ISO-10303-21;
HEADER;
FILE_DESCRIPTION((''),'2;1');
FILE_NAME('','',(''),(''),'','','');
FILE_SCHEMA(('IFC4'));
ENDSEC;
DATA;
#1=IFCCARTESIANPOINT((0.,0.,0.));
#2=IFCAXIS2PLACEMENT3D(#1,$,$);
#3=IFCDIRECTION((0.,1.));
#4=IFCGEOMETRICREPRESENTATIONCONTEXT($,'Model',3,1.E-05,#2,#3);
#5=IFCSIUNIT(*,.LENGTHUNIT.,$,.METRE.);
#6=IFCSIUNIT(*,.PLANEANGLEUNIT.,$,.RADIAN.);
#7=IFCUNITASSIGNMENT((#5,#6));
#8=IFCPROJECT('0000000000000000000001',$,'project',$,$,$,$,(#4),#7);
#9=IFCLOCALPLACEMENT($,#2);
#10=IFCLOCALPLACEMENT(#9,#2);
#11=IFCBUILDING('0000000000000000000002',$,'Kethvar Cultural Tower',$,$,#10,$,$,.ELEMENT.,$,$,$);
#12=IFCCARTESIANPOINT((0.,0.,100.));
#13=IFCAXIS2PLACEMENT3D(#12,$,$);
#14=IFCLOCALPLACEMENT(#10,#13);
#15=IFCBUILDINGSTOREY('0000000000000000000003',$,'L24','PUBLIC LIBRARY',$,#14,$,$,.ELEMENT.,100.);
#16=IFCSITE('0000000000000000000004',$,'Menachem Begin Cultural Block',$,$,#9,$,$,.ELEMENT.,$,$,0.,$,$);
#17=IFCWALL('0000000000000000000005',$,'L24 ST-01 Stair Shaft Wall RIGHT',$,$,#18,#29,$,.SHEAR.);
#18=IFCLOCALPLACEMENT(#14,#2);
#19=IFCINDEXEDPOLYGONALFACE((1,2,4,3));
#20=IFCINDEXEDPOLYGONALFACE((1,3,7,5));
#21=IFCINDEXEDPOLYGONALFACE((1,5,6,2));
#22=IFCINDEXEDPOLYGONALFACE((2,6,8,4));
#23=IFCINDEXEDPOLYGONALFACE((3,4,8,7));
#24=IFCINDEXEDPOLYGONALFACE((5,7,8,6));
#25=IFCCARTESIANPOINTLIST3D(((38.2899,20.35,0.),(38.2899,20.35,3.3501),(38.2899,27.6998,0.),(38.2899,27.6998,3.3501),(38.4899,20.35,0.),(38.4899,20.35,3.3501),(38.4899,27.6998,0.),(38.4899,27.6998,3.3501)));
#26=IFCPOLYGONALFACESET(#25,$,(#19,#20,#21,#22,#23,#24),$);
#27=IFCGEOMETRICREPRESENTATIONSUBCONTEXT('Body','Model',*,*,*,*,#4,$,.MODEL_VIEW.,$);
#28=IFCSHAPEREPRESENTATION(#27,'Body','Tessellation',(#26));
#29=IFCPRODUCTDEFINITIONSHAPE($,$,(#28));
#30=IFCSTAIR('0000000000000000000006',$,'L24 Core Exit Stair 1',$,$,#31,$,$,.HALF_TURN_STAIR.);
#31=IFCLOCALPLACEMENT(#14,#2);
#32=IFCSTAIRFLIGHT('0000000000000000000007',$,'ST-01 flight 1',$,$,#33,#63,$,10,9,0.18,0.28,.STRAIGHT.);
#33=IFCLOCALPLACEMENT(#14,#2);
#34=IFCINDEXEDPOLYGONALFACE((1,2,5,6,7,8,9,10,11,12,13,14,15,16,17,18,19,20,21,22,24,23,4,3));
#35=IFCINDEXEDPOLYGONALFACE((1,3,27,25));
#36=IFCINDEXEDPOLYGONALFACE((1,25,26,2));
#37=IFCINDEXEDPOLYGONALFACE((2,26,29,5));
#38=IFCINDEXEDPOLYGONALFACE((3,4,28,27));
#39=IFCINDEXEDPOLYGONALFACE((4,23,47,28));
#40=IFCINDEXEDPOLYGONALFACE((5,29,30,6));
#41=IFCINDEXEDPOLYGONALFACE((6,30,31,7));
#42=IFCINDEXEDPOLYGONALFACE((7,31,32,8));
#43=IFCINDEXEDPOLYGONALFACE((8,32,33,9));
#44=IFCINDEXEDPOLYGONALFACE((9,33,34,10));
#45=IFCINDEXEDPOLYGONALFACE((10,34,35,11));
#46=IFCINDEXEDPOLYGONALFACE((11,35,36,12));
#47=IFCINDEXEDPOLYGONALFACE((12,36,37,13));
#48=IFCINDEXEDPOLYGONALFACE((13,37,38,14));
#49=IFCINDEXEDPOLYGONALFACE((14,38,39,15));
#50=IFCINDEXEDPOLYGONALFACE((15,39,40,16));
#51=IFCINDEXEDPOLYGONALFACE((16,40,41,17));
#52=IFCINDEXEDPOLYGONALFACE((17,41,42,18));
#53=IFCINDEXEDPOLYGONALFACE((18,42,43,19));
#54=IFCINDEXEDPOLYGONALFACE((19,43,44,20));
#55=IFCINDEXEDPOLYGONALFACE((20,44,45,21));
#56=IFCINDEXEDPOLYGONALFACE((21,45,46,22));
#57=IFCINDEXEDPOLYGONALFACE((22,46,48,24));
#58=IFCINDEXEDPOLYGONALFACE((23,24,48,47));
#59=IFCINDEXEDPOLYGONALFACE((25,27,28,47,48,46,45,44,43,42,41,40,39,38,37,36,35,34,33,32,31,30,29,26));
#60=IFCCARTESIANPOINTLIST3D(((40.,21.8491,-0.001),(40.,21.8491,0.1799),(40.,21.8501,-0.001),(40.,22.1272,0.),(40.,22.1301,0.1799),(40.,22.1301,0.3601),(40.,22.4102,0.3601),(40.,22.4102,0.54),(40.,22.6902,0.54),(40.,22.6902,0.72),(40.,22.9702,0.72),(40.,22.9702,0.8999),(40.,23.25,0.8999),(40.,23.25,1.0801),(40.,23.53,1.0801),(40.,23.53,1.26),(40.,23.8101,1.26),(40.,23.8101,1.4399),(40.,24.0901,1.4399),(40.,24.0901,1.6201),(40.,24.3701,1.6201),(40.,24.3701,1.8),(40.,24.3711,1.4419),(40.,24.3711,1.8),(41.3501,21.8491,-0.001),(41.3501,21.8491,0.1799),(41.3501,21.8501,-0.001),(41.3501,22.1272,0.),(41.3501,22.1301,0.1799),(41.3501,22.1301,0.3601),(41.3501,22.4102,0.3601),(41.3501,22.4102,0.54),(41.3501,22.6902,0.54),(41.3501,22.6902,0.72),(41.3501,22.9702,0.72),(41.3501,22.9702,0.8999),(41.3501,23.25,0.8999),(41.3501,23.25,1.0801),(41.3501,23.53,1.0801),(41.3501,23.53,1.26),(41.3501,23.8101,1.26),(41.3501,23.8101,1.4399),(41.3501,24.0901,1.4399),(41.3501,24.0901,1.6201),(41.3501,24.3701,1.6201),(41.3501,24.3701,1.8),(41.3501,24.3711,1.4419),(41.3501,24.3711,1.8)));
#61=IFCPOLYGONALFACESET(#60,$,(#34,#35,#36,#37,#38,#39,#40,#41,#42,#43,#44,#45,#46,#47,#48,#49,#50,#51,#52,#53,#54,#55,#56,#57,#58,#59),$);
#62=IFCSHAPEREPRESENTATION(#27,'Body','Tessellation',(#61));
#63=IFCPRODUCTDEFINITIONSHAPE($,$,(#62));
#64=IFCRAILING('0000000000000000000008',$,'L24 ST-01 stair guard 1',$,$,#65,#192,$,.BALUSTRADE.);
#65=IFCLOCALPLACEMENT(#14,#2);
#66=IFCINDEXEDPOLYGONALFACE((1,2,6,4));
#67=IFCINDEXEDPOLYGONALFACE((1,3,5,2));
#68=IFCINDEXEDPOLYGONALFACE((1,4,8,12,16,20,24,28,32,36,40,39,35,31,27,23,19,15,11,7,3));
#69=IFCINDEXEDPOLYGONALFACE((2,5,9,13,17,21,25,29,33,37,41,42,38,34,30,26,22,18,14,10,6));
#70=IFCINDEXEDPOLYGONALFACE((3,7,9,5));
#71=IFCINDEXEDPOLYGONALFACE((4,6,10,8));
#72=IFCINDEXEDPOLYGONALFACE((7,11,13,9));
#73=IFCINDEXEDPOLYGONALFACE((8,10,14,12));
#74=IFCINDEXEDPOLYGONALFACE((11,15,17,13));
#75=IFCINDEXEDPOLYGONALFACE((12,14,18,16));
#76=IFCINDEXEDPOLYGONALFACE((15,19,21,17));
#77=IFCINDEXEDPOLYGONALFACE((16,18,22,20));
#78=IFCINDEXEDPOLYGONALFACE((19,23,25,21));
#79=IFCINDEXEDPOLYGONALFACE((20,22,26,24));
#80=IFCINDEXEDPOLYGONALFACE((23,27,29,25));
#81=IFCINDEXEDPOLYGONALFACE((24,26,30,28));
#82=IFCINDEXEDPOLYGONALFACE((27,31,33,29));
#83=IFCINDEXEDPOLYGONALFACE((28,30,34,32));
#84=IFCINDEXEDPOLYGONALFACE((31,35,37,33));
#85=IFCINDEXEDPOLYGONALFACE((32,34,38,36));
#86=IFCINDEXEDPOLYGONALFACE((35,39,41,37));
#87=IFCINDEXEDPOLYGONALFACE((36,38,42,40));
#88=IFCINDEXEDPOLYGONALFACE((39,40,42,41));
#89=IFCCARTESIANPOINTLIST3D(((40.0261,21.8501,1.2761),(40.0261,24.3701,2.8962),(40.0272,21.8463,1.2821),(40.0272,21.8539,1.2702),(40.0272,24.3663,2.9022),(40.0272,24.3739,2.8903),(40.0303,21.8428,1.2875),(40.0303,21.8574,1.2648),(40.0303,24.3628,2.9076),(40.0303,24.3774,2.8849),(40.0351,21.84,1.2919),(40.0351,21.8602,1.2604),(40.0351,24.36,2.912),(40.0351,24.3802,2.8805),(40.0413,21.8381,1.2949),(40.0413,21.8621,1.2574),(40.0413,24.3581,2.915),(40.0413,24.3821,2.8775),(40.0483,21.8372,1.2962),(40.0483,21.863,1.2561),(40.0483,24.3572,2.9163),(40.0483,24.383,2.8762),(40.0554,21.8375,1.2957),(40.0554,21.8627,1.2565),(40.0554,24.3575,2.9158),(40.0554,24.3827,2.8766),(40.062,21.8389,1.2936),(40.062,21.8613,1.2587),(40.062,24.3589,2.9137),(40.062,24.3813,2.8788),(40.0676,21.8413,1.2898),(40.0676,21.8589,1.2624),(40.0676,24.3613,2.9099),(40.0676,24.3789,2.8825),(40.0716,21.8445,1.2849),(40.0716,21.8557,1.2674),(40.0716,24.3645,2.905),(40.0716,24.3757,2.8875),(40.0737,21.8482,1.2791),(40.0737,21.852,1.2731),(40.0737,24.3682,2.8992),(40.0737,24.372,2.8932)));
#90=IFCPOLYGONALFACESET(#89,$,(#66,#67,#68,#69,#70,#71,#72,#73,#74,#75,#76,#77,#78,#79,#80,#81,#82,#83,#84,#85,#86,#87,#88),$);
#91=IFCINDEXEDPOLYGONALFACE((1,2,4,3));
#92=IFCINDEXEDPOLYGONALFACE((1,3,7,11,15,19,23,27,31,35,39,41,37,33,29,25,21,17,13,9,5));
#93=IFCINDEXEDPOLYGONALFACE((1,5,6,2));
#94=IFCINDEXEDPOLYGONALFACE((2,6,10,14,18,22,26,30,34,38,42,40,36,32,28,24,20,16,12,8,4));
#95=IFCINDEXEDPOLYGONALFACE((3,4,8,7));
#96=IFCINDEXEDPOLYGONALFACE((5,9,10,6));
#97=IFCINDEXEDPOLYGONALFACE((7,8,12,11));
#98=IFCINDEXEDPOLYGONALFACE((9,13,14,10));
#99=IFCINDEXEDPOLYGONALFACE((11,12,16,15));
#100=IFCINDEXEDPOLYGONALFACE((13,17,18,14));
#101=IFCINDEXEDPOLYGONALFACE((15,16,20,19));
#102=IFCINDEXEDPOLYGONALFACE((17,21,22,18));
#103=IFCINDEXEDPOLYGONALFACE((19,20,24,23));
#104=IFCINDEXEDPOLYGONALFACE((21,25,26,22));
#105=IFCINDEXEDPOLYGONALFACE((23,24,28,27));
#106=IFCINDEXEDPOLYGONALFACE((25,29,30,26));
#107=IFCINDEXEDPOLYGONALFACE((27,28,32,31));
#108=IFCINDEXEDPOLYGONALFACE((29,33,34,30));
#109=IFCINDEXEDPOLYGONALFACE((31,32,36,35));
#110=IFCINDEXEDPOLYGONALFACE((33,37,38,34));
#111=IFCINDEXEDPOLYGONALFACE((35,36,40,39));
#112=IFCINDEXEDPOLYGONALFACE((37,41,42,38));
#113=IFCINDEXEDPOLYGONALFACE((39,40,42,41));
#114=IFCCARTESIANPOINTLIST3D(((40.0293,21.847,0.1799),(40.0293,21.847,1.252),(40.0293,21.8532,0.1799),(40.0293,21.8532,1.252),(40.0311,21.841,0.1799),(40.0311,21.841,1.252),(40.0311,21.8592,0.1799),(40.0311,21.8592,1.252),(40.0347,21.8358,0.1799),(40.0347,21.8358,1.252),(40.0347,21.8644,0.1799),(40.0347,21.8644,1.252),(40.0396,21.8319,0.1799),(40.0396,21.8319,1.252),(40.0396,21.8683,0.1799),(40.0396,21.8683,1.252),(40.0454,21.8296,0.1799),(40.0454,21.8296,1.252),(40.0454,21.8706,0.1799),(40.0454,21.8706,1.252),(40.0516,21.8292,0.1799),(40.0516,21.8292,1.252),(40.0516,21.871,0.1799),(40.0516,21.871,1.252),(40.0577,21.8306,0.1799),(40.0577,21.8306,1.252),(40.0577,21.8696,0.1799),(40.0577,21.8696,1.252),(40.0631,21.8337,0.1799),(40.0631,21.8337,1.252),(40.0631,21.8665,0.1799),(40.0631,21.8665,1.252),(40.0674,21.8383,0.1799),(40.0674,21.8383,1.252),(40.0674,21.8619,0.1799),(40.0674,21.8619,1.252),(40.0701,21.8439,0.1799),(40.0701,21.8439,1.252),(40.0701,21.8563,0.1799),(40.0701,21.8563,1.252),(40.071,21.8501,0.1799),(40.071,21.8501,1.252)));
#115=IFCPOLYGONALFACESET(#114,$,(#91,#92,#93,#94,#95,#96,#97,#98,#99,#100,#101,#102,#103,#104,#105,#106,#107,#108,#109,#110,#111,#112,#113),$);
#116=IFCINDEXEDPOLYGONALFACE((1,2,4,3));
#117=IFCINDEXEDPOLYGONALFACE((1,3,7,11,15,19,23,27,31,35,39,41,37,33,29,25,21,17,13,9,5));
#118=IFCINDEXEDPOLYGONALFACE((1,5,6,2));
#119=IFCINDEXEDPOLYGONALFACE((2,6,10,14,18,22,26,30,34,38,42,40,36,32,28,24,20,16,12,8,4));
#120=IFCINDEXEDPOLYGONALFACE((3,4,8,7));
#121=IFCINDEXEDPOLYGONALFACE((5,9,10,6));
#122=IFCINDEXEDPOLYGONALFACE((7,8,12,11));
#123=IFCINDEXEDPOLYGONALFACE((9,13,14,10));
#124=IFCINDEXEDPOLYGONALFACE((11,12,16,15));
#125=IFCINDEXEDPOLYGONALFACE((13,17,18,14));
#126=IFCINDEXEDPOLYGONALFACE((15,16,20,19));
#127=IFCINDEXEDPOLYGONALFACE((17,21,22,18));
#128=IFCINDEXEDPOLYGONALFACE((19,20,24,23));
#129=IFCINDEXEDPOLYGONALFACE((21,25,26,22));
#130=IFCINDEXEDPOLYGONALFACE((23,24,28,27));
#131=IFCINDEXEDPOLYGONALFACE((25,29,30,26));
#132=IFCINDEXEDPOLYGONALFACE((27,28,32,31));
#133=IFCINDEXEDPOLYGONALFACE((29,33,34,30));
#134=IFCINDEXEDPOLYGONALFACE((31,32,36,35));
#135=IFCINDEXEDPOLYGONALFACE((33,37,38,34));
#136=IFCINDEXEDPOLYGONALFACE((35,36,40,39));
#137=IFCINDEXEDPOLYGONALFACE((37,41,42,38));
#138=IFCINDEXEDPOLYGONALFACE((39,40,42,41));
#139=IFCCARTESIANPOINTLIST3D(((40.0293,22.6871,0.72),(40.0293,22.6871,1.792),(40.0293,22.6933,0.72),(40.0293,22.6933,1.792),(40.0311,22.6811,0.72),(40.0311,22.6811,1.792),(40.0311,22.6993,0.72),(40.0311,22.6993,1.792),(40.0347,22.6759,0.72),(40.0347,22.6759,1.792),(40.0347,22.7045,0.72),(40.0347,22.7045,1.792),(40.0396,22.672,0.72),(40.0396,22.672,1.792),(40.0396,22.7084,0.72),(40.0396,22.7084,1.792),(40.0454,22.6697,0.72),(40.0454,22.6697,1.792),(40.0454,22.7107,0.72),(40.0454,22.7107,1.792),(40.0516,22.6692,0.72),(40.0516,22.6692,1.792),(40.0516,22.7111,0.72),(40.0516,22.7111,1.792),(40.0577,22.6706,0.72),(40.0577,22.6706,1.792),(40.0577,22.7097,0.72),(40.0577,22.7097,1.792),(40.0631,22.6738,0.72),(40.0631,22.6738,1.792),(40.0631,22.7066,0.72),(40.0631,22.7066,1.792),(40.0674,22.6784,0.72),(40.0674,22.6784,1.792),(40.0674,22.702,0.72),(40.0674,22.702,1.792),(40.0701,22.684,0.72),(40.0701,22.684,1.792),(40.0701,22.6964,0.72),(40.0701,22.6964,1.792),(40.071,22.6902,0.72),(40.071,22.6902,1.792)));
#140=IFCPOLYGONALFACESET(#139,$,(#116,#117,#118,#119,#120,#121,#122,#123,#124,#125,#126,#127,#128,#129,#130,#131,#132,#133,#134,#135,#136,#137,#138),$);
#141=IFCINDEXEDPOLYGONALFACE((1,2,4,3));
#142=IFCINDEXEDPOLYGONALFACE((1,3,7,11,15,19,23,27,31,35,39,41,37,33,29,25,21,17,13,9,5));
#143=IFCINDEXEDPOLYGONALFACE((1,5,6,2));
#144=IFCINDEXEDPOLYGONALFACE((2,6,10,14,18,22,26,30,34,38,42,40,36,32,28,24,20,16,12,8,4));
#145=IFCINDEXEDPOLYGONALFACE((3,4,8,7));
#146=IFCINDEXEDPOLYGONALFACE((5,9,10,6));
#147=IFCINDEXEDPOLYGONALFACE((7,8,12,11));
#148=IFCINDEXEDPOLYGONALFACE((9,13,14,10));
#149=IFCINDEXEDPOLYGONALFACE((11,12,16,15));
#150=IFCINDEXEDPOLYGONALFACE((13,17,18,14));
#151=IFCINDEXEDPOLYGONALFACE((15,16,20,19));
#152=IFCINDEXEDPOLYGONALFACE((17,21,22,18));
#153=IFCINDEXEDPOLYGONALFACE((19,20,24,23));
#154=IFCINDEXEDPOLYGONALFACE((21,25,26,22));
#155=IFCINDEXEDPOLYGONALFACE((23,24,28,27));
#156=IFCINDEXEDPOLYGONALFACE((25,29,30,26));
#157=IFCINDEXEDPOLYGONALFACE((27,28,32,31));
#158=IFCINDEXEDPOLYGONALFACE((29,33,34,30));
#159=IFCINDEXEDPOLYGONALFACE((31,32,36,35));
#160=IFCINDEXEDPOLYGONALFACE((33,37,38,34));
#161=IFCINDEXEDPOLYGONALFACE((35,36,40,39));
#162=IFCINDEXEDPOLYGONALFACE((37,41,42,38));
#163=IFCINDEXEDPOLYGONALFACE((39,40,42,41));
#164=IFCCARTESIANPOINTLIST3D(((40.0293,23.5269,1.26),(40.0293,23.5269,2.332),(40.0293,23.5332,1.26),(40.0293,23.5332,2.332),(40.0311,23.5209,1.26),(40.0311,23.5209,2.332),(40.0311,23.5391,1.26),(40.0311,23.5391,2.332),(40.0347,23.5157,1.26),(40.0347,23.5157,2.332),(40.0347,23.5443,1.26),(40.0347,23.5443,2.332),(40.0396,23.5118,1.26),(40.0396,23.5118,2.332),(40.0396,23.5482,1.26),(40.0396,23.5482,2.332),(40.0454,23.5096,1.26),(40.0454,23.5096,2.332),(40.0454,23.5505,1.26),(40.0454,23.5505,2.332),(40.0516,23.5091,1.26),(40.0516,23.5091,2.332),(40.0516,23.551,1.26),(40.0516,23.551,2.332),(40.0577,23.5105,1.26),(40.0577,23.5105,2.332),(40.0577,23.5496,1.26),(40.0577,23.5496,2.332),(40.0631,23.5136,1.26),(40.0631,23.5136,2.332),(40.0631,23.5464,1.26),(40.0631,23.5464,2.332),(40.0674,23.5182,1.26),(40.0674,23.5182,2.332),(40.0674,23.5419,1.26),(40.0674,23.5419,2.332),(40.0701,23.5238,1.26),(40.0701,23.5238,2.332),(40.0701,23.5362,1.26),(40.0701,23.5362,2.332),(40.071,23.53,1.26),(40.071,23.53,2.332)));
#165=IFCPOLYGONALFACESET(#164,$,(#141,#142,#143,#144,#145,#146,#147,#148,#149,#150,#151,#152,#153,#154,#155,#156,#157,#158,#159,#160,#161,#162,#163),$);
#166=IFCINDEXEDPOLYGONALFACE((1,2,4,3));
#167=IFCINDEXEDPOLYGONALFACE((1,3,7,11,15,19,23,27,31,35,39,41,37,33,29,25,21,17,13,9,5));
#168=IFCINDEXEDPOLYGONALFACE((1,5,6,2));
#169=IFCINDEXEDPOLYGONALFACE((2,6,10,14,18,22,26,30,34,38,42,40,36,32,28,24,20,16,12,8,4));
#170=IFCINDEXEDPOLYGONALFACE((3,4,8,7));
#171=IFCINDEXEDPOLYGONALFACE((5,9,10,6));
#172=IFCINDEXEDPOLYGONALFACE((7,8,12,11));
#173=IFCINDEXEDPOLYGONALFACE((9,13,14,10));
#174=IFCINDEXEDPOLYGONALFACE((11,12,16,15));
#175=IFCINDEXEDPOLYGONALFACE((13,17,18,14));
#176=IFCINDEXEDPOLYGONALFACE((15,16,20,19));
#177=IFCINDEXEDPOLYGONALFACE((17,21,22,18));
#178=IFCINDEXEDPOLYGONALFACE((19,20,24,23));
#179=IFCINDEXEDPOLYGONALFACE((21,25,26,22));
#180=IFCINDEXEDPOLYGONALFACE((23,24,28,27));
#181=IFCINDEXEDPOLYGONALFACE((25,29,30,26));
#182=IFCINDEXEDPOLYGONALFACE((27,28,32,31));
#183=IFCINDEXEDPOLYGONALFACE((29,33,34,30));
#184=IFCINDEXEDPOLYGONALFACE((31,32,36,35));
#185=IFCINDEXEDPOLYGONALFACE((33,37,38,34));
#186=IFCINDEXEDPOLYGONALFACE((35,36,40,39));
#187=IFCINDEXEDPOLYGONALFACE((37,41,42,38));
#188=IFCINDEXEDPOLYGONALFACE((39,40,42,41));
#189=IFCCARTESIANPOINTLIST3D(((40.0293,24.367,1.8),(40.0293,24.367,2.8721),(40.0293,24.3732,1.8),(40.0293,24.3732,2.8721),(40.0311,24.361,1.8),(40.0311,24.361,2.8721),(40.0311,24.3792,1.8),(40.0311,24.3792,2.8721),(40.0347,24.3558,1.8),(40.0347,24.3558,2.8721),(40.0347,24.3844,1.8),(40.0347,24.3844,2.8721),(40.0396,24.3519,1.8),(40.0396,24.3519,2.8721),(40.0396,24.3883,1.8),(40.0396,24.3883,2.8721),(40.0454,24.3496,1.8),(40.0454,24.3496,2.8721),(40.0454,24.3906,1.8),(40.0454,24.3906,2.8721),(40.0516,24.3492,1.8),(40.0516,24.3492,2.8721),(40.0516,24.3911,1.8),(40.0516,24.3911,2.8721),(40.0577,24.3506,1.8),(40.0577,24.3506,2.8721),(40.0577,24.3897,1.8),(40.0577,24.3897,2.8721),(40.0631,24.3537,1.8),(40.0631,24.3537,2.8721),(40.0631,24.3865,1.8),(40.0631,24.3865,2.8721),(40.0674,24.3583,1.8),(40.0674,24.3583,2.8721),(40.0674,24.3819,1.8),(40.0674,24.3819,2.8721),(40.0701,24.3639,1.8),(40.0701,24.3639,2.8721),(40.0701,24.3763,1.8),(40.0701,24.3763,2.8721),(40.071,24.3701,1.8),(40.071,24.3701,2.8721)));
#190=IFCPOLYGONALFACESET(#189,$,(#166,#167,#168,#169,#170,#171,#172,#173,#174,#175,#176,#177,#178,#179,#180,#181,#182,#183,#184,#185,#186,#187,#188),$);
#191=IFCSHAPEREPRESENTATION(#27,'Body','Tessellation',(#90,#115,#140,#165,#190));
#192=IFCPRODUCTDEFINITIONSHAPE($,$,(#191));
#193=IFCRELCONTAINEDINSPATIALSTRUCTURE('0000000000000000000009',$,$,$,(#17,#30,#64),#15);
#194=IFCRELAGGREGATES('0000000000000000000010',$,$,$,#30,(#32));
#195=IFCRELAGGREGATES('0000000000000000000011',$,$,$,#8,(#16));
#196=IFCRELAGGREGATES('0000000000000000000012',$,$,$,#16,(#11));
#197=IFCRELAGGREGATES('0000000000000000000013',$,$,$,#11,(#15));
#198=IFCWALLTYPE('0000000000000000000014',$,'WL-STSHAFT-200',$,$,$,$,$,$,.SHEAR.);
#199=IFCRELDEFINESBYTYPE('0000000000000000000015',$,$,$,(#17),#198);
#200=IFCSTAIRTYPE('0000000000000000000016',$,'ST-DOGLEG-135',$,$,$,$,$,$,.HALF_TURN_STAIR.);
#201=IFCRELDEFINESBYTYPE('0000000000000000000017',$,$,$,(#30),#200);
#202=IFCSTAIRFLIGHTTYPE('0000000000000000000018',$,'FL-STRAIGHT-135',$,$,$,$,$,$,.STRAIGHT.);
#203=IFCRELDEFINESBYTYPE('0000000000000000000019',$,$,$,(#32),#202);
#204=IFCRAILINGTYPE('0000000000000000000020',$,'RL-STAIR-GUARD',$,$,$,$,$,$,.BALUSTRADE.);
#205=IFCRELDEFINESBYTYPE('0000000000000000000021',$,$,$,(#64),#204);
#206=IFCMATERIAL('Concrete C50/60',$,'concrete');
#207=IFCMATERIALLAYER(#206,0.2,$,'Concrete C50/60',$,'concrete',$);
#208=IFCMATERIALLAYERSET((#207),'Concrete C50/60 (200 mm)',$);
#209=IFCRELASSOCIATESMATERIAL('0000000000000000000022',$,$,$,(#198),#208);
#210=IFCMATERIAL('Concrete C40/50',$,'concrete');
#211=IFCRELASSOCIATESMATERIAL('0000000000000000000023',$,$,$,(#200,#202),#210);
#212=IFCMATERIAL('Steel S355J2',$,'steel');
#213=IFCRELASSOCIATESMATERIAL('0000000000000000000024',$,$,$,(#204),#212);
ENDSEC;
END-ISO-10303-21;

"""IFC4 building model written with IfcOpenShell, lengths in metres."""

from ifc_helpers import new_model, si_unit, direction, frame, frame_2d, origin, origin_2d, place, context, subcontext, project, spatial, polyline, rectangle, circle, outline, extrude, material, layer, layer_set, type_object, element, aggregate, save


model = new_model("IFC4")

# Units and contexts
model_context = context("Model", 3, precision=1e-05, world=origin(), true_north=direction((0.0, 1.0)))
body_context = subcontext(model_context, "Body", "Model", "MODEL_VIEW")
ifc_project = project(units=[si_unit("LENGTHUNIT", "METRE"), si_unit("PLANEANGLEUNIT", "RADIAN")], contexts=[model_context])

# Site, building, storey
site_placement = place(None, origin())
site = spatial("IfcSite", under=ifc_project, at=site_placement, Name="Menachem Begin Cultural Block", CompositionType="ELEMENT", RefElevation=0.0)
building_placement = place(site_placement, origin())
building = spatial("IfcBuilding", under=site, at=building_placement, Name="Kethvar Cultural Tower", CompositionType="ELEMENT")
storey_placement = place(building_placement, frame((0.0, 0.0, 100.0)))
storey = spatial("IfcBuildingStorey", under=building, at=storey_placement, Name="L24", Description="PUBLIC LIBRARY", CompositionType="ELEMENT", Elevation=100.0)

# Shared definitions
ifc_material_1 = material(Name="Steel S355J2", Category="steel")

# Shared definitions
ifc_material_2 = material(Name="Concrete C50/60", Category="concrete")

# Wall
ifc_layer_1 = layer(ifc_material_2, 0.2, Name="Concrete C50/60", Category="concrete")
ifc_layer_set_1 = layer_set([ifc_layer_1], Name="Concrete C50/60 (200 mm)")
wall_type_1 = type_object("IfcWallType", Name="WL-STSHAFT-200", PredefinedType="SHEAR", material=ifc_layer_set_1)
wall_1_placement = place(storey_placement, frame((38.3899, 20.3501, 0.0), z_axis=(0.0, 0.0, 1.0), x_axis=(0.0, 1.0, 0.0)))
element("IfcWall", 1, at=wall_1_placement, inside=storey, type_object=wall_type_1, Name="L24 ST-01 Stair Shaft Wall RIGHT", PredefinedType="SHEAR", context=body_context, shape_type="SweptSolid", body=[
    extrude(rectangle(XDim=7.3499, YDim=0.2, at=frame_2d((3.6748, 0.0))), origin(), (0.0, 0.0, 1.0), 3.3501),
])

# Stair, stair flight
ifc_material_3 = material(Name="Concrete C40/50", Category="concrete")
stair_type = type_object("IfcStairType", Name="ST-DOGLEG-135", PredefinedType="HALF_TURN_STAIR", material=ifc_material_3)
stair_placement = place(storey_placement, origin())
stair = element("IfcStair", 2, at=stair_placement, inside=storey, type_object=stair_type, Name="L24 Core Exit Stair 1", PredefinedType="HALF_TURN_STAIR")
stair_flight_type = type_object("IfcStairFlightType", Name="FL-STRAIGHT-135", PredefinedType="STRAIGHT", material=ifc_material_3)
stair_flight_placement = place(storey_placement, frame((40.675, 21.8501, 0.0), z_axis=(0.0, 0.0, 1.0), x_axis=(0.0, 1.0, 0.0)))
stair_flight = element("IfcStairFlight", 3, at=stair_flight_placement, type_object=stair_flight_type, Name="ST-01 flight 1", NumberOfRisers=10, NumberOfTreads=9, PredefinedType="STRAIGHT", RiserHeight=0.18, TreadLength=0.28, context=body_context, shape_type="SweptSolid", body=[
    extrude(outline(polyline([(-0.001, -0.001), (-0.001, 0.1799), (0.28, 0.1799), (0.28, 0.3601), (0.5601, 0.3601), (0.5601, 0.54), (0.8401, 0.54), (0.8401, 0.72), (1.1201, 0.72), (1.1201, 0.8999), (1.3999, 0.8999), (1.3999, 1.0801), (1.6799, 1.0801), (1.6799, 1.26), (1.96, 1.26), (1.96, 1.4399), (2.24, 1.4399), (2.24, 1.6201), (2.52, 1.6201), (2.52, 1.8), (2.521, 1.8), (2.521, 1.4419), (0.2771, 0.0), (0.0, -0.001), (-0.001, -0.001)])), frame((0.0, 0.675, 0.0), z_axis=(0.0, -1.0, 0.0), x_axis=(1.0, 0.0, 0.0)), (0.0, 0.0, 1.0), 1.3501),
])
aggregate(stair, [stair_flight])

# Railing
railing_type_1 = type_object("IfcRailingType", Name="RL-STAIR-GUARD", PredefinedType="BALUSTRADE", material=ifc_material_1)
railing_1_placement = place(storey_placement, frame((40.05, 21.8501, 0.1799)))
element("IfcRailing", 4, at=railing_1_placement, inside=storey, type_object=railing_type_1, Name="L24 ST-01 stair guard 1", PredefinedType="BALUSTRADE", context=body_context, shape_type="SweptSolid", body=[
    extrude(circle(Radius=0.0239, at=origin_2d()), frame((0.0, 0.0, 1.0962), z_axis=(0.0, 0.841163, 0.540782), x_axis=(-1.0, 0.0, 0.0)), (0.0, 0.0, 1.0), 2.9958),
    extrude(circle(Radius=0.021, at=origin_2d()), origin(), (0.0, 0.0, 1.0), 1.072),
    extrude(circle(Radius=0.021, at=origin_2d()), frame((0.0, 0.8401, 0.54)), (0.0, 0.0, 1.0), 1.072),
    extrude(circle(Radius=0.021, at=origin_2d()), frame((0.0, 1.6799, 1.0801)), (0.0, 0.0, 1.0), 1.072),
    extrude(circle(Radius=0.021, at=origin_2d()), frame((0.0, 2.52, 1.6201)), (0.0, 0.0, 1.0), 1.072),
])

save(model, "model.ifc")
